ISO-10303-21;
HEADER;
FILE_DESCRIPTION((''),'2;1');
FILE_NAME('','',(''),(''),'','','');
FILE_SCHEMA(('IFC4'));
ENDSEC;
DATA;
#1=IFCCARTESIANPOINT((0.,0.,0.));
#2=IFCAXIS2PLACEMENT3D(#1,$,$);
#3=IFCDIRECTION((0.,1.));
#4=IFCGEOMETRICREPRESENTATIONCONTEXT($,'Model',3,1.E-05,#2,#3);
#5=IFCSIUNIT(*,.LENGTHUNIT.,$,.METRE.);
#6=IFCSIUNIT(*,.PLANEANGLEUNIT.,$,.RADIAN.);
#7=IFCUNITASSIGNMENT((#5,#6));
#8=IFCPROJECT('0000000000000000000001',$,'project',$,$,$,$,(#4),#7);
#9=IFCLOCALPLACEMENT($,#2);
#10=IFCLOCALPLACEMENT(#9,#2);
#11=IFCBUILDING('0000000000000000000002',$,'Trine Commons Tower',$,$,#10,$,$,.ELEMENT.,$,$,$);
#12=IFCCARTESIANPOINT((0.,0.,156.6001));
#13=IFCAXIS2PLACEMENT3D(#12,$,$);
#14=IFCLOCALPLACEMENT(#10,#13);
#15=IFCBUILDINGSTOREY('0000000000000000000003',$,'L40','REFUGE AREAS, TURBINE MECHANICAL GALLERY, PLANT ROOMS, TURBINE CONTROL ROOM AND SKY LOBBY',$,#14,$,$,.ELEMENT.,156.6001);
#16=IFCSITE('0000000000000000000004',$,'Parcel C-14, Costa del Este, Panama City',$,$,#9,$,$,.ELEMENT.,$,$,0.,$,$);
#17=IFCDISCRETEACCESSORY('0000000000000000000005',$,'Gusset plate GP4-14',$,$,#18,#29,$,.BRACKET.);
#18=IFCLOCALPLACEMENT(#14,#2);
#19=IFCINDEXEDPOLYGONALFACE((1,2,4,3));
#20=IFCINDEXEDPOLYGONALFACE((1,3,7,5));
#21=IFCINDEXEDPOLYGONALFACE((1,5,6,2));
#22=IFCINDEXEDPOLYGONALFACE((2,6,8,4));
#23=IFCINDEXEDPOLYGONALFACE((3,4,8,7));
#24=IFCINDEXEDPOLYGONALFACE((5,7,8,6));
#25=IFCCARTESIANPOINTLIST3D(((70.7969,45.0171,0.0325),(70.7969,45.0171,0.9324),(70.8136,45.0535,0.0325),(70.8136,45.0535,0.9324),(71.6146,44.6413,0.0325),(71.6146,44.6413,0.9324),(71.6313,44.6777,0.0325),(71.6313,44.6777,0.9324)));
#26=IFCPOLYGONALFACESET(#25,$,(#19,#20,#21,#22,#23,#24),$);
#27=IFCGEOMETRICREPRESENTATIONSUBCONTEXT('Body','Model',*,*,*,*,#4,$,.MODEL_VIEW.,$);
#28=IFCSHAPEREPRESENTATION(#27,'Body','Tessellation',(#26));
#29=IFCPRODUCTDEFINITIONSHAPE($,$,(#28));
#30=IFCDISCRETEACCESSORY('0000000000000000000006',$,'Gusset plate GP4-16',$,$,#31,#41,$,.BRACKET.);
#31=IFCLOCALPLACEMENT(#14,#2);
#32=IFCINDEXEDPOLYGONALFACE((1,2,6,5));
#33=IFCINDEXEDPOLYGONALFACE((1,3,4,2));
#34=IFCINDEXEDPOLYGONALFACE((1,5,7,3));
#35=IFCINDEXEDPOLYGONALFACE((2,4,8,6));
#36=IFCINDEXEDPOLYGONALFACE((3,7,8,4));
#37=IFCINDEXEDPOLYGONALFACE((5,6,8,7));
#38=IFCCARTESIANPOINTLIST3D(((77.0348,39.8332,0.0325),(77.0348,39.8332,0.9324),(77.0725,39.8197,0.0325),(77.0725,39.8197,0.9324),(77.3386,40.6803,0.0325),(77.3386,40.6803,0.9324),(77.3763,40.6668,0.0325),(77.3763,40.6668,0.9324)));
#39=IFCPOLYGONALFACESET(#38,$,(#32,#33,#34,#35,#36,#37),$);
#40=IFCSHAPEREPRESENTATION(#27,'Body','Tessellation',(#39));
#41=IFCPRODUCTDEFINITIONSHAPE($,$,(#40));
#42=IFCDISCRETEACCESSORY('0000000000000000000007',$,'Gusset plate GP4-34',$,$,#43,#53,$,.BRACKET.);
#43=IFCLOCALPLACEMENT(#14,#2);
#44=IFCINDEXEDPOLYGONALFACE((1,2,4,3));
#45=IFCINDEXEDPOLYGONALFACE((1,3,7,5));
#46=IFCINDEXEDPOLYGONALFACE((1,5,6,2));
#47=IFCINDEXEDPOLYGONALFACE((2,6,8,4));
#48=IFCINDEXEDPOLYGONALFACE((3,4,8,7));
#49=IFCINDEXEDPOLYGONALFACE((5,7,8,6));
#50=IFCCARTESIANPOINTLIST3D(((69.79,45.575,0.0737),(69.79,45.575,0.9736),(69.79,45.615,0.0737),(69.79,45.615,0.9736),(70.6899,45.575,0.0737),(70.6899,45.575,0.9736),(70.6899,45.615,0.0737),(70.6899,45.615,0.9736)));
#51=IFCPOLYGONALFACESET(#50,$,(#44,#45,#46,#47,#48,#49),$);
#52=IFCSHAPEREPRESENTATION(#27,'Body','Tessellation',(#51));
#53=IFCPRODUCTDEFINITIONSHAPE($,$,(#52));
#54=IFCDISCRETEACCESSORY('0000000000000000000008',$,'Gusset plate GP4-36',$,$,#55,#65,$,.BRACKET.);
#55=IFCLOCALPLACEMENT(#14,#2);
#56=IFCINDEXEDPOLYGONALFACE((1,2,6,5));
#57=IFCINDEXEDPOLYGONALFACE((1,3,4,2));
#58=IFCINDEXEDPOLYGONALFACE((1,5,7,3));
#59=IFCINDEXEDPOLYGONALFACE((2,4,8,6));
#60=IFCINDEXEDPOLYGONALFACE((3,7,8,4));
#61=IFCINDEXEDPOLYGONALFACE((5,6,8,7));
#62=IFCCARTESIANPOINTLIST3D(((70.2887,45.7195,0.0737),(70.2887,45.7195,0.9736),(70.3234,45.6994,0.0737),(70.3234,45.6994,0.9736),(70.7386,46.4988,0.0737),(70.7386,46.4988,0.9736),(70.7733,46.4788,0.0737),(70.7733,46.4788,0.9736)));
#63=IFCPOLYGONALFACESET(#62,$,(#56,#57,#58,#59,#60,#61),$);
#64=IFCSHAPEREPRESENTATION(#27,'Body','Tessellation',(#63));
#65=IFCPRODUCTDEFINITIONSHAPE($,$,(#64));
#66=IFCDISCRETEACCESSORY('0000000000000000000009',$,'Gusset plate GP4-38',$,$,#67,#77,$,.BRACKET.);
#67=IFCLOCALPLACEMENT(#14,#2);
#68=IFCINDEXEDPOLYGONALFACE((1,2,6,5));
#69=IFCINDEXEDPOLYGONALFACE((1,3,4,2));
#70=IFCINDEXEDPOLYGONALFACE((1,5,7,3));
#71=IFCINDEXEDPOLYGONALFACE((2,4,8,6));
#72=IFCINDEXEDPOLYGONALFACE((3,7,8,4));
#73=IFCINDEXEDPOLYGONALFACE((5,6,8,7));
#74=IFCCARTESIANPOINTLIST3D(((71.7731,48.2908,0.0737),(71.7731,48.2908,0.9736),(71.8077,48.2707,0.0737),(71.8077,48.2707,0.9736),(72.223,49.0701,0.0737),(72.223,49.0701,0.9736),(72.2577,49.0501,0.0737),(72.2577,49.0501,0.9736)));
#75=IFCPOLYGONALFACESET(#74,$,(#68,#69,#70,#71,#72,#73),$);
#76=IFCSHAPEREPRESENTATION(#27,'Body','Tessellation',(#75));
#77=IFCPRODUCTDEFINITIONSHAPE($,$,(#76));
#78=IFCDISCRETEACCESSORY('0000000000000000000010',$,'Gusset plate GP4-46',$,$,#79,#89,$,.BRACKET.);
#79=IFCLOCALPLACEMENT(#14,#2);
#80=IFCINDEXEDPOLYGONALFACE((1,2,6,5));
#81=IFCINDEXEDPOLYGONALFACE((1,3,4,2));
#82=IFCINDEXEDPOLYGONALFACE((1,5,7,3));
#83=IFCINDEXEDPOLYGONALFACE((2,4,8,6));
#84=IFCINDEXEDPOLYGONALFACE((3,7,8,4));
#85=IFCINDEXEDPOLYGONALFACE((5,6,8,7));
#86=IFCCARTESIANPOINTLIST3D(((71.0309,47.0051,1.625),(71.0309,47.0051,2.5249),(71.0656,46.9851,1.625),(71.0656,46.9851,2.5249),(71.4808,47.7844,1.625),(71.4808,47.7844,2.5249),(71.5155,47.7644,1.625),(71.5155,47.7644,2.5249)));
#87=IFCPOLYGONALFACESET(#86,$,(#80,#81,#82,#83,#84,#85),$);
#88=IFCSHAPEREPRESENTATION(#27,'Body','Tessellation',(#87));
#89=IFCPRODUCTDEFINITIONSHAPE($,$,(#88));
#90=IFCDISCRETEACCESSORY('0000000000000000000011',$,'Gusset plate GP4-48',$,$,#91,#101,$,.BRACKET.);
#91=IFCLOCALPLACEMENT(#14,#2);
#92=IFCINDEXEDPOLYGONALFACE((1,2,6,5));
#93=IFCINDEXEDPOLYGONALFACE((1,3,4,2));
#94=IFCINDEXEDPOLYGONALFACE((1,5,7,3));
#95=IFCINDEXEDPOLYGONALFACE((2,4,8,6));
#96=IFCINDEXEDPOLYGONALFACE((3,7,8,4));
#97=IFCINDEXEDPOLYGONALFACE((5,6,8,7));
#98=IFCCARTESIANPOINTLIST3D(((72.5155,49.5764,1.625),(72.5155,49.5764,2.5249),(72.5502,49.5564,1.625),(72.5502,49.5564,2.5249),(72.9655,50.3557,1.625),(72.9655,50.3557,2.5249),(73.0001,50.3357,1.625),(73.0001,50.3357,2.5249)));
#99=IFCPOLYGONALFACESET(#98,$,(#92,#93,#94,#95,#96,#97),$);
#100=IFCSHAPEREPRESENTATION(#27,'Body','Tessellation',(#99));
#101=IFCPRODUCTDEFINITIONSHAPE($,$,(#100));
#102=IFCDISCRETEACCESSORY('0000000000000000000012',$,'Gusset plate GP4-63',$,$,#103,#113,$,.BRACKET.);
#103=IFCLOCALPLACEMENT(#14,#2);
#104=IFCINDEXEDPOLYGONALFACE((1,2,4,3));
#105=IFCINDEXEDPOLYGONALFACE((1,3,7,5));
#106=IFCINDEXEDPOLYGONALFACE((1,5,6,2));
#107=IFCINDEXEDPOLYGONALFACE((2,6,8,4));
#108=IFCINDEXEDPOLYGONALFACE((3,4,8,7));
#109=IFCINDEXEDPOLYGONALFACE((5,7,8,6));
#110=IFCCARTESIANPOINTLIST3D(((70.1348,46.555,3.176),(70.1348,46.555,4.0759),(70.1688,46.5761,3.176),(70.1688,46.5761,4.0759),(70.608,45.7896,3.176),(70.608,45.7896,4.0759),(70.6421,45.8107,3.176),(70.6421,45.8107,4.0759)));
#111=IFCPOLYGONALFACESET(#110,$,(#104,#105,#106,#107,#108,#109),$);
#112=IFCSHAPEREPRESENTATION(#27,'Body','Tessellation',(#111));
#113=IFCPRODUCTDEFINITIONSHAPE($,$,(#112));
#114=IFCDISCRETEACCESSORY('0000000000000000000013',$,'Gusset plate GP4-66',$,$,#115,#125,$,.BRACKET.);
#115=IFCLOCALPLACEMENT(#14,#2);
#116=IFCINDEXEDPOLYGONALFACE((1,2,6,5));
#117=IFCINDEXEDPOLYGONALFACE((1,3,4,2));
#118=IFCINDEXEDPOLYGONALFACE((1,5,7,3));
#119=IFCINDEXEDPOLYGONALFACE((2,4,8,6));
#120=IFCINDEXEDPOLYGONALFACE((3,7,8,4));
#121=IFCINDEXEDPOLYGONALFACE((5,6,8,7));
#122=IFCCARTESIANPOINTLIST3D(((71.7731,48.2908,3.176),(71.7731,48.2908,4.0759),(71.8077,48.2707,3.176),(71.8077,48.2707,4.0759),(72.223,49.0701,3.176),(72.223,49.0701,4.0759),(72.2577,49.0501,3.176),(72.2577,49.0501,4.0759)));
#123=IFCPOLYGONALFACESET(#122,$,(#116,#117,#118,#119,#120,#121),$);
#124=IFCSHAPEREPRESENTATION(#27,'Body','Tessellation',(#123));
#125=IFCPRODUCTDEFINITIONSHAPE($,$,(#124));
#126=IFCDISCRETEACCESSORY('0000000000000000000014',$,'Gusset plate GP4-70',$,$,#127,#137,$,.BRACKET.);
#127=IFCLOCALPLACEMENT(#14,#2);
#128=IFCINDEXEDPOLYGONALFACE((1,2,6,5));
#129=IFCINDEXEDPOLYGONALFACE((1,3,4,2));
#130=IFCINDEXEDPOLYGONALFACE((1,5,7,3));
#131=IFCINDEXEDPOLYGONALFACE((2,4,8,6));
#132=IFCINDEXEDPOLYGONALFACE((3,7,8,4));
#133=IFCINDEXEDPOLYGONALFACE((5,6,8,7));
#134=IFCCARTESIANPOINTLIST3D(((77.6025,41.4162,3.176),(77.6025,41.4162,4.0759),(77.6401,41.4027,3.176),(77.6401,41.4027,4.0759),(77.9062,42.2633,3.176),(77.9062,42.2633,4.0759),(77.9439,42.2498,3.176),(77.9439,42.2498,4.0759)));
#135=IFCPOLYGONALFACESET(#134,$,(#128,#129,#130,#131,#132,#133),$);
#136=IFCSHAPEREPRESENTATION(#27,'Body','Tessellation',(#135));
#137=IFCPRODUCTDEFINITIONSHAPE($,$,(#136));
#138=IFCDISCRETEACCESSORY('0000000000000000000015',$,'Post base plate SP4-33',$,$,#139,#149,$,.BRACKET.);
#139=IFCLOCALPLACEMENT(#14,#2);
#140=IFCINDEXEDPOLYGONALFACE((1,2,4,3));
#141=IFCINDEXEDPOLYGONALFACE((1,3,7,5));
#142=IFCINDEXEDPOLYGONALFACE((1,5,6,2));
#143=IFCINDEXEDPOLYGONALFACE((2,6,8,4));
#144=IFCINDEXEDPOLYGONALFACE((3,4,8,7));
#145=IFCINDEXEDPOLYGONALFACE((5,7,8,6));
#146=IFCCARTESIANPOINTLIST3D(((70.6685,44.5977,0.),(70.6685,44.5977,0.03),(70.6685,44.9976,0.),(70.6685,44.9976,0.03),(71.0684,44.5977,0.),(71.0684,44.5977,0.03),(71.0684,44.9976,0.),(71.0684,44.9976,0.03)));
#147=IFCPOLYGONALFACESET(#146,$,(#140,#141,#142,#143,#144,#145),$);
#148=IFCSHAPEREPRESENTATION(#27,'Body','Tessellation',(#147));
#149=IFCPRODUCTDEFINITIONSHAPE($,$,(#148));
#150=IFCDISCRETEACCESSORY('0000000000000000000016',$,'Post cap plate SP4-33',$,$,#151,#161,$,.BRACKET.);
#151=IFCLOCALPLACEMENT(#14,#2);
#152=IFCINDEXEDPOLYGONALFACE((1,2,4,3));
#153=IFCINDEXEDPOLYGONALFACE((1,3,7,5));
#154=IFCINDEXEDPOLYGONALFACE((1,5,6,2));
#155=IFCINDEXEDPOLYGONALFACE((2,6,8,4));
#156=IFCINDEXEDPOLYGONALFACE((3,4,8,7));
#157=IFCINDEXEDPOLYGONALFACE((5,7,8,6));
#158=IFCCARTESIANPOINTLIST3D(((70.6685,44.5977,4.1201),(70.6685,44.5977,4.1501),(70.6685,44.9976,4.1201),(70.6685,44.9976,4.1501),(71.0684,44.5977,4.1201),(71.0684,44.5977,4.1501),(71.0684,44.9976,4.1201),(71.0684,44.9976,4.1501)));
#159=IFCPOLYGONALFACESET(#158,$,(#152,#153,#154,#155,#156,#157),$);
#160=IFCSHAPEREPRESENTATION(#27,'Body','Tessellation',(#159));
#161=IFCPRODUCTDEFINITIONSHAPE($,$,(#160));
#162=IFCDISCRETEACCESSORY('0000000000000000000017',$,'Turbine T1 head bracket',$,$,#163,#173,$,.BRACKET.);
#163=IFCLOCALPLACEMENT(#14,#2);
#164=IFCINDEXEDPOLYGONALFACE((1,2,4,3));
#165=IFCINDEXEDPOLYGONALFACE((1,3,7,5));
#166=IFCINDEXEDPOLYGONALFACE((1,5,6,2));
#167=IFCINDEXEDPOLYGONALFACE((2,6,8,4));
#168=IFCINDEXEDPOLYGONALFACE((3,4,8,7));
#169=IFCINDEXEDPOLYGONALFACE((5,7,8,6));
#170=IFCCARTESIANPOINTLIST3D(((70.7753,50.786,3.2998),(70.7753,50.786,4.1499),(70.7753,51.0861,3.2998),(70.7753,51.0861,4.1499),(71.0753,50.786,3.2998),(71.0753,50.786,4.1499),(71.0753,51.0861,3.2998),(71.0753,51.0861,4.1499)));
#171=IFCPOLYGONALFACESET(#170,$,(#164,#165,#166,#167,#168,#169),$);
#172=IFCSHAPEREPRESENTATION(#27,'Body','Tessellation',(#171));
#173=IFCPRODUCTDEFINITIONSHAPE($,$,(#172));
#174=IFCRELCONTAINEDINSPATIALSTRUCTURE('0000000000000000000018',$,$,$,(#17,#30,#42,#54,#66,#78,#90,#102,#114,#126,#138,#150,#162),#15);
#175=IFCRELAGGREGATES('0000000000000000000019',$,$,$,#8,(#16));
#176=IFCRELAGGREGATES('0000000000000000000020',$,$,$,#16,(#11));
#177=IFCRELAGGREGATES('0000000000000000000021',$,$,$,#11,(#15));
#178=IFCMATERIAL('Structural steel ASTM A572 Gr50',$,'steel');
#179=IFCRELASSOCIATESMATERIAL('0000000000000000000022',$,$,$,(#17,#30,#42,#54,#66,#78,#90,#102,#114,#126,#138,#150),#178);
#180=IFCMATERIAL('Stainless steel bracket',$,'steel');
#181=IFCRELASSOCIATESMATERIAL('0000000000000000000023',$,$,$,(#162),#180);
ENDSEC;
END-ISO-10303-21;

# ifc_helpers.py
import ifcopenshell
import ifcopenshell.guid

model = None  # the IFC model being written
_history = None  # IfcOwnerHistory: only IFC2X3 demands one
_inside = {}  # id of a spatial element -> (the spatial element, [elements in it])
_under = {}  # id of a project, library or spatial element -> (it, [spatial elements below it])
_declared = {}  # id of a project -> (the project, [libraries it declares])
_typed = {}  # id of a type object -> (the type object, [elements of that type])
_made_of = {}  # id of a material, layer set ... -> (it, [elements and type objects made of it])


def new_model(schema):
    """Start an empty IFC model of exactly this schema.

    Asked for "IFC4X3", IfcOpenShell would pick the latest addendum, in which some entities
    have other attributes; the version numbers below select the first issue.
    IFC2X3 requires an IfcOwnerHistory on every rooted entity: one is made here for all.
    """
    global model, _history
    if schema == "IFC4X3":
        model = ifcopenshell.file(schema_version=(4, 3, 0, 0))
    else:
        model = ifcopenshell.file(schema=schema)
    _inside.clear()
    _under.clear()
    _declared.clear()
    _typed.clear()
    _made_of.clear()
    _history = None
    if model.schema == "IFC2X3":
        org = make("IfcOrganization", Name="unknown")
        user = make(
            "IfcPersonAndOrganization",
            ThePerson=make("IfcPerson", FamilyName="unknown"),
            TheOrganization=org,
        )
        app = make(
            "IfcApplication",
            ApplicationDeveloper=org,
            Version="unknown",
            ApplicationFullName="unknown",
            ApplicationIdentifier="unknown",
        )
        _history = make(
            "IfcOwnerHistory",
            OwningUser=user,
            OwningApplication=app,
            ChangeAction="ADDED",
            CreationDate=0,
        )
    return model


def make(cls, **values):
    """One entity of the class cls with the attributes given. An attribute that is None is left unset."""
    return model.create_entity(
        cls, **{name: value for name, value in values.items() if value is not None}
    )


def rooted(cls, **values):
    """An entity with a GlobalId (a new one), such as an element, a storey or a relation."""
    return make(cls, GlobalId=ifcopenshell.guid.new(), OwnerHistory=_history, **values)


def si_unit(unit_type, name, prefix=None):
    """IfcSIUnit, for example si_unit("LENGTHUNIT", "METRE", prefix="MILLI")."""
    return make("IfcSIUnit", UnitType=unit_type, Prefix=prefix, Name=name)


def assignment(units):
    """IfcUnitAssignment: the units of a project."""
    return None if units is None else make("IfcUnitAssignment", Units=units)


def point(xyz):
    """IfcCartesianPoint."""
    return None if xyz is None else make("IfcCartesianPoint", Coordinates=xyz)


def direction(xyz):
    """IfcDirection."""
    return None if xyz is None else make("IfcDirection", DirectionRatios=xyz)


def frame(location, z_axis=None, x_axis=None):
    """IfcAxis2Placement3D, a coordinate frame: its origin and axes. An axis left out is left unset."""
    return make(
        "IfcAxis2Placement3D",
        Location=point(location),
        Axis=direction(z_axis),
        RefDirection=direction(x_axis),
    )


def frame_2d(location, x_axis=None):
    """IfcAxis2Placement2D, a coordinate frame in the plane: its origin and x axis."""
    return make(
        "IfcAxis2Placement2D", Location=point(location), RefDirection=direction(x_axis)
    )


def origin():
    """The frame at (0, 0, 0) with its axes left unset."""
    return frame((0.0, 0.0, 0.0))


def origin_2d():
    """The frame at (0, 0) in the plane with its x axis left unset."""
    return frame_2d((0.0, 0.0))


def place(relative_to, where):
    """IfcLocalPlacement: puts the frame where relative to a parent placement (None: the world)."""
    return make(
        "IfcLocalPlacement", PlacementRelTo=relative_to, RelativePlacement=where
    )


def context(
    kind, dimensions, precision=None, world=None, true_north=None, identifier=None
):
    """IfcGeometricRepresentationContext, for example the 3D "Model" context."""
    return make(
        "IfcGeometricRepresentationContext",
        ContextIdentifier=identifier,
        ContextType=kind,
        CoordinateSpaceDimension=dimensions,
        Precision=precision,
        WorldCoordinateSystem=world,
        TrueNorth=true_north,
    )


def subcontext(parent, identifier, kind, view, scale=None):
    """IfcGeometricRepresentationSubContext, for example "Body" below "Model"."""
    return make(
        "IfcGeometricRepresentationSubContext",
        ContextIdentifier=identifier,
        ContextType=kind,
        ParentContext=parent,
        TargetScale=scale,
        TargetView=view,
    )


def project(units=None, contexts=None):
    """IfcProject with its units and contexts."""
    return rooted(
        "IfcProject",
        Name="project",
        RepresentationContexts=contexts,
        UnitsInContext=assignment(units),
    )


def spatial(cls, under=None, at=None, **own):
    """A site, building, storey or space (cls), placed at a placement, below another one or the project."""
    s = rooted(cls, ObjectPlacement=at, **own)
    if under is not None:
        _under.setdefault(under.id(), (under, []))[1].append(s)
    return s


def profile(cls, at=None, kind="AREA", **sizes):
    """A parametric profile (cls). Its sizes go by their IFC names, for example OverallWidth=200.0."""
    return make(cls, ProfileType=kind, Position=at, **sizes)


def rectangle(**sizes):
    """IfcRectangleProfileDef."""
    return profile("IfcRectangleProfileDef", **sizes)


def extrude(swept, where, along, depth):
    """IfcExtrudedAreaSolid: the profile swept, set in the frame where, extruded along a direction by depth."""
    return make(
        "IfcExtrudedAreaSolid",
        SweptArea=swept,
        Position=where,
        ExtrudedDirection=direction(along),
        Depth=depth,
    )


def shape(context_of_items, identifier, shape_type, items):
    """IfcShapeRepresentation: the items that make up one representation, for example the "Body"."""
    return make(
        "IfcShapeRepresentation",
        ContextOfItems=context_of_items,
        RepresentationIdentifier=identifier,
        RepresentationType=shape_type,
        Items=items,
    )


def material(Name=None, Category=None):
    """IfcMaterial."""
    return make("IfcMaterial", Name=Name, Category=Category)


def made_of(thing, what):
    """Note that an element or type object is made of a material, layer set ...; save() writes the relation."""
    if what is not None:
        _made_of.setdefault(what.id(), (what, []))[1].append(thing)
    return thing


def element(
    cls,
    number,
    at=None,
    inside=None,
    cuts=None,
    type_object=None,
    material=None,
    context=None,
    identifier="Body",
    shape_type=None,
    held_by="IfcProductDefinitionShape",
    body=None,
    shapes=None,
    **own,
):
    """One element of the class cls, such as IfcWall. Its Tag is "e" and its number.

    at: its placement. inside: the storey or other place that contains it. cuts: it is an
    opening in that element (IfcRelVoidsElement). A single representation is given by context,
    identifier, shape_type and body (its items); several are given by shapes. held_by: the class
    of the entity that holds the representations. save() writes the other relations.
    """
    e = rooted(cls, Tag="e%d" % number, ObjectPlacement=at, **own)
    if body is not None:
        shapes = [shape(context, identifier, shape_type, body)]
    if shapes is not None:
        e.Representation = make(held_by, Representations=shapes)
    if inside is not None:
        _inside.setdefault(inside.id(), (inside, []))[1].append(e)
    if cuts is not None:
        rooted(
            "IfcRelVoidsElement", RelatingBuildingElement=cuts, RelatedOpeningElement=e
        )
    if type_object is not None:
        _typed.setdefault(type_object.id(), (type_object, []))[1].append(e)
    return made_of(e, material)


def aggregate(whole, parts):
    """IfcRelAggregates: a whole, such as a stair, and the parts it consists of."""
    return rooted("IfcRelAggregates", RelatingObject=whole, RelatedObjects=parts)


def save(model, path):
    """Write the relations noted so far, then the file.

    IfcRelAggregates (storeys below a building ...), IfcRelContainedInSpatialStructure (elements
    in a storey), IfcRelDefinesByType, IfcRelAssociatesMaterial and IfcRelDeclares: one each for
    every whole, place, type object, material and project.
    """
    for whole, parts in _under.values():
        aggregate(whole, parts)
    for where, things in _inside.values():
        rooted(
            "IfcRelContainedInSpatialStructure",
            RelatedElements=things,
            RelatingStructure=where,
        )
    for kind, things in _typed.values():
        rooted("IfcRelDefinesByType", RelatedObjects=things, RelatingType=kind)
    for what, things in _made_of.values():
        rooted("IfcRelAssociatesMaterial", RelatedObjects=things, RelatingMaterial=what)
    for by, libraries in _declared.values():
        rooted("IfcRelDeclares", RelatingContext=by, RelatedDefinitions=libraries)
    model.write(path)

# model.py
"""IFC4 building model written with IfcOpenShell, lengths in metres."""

from ifc_helpers import new_model, si_unit, direction, frame, origin, origin_2d, place, context, subcontext, project, spatial, rectangle, extrude, material, element, save


model = new_model("IFC4")

# Units and contexts
model_context = context("Model", 3, precision=1e-05, world=origin(), true_north=direction((0.0, 1.0)))
body_context = subcontext(model_context, "Body", "Model", "MODEL_VIEW")
ifc_project = project(units=[si_unit("LENGTHUNIT", "METRE"), si_unit("PLANEANGLEUNIT", "RADIAN")], contexts=[model_context])

# Site, building, storey
site_placement = place(None, origin())
site = spatial("IfcSite", under=ifc_project, at=site_placement, Name="Parcel C-14, Costa del Este, Panama City", CompositionType="ELEMENT", RefElevation=0.0)
building_placement = place(site_placement, origin())
building = spatial("IfcBuilding", under=site, at=building_placement, Name="Trine Commons Tower", CompositionType="ELEMENT")
storey_placement = place(building_placement, frame((0.0, 0.0, 156.6001)))
storey = spatial("IfcBuildingStorey", under=building, at=storey_placement, Name="L40", Description="REFUGE AREAS, TURBINE MECHANICAL GALLERY, PLANT ROOMS, TURBINE CONTROL ROOM AND SKY LOBBY", CompositionType="ELEMENT", Elevation=156.6001)

# Discrete accessories
ifc_material_1 = material(Name="Structural steel ASTM A572 Gr50", Category="steel")
for number, where, z_axis, x_axis, name in (
    (1, (71.2141, 44.8474, 0.0325), (0.0, 0.0, 1.0), (0.908632, -0.417597, 0.0), "Gusset plate GP4-14"),
    (2, (77.2056, 40.25, 0.0325), (0.0, 0.0, 1.0), (0.337588, 0.941294, 0.0), "Gusset plate GP4-16"),
    (3, (70.24, 45.595, 0.0737), (0.0, 0.0, 1.0), (1.0, 0.0, 0.0), "Gusset plate GP4-34"),
    (4, (70.531, 46.0991, 0.0737), (0.0, 0.0, 1.0), (-0.5, -0.866025, 0.0), "Gusset plate GP4-36"),
    (5, (72.0154, 48.6704, 0.0737), (0.0, 0.0, 1.0), (-0.5, -0.866025, 0.0), "Gusset plate GP4-38"),
    (6, (71.2732, 47.3848, 1.625), (0.0, 0.0, 1.0), (-0.499985, -0.866034, 0.0), "Gusset plate GP4-46"),
    (7, (72.7578, 49.9561, 1.625), (0.0, 0.0, 1.0), (-0.5, -0.866025, 0.0), "Gusset plate GP4-48"),
    (8, (70.3884, 46.1829, 3.176), (0.0, 0.0, 1.0), (-0.525873, 0.850563, 0.0), "Gusset plate GP4-63"),
    (9, (72.0154, 48.6704, 3.176), (0.0, 0.0, 1.0), (-0.5, -0.866025, 0.0), "Gusset plate GP4-66"),
    (10, (77.7732, 41.833, 3.176), (0.0, 0.0, 1.0), (0.337588, 0.941294, 0.0), "Gusset plate GP4-70"),
):
    element("IfcDiscreteAccessory", number, at=place(storey_placement, frame(where, z_axis=z_axis, x_axis=x_axis)), inside=storey, material=ifc_material_1, Name=name, PredefinedType="BRACKET", context=body_context, shape_type="SweptSolid", body=[
        extrude(rectangle(XDim=0.8999, YDim=0.04, at=origin_2d()), origin(), (0.0, 0.0, 1.0), 0.8999),
    ])
for number, where, z_axis, x_axis, name in (
    (11, (70.8684, 44.7976, 0.0), (0.0, 0.0, 1.0), (1.0, 0.0, 0.0), "Post base plate SP4-33"),
    (12, (70.8684, 44.7976, 4.1201), (0.0, 0.0, 1.0), (1.0, 0.0, 0.0), "Post cap plate SP4-33"),
):
    element("IfcDiscreteAccessory", number, at=place(storey_placement, frame(where, z_axis=z_axis, x_axis=x_axis)), inside=storey, material=ifc_material_1, Name=name, PredefinedType="BRACKET", context=body_context, shape_type="SweptSolid", body=[
        extrude(rectangle(XDim=0.3999, YDim=0.3999, at=origin_2d()), origin(), (0.0, 0.0, 1.0), 0.03),
    ])
ifc_material_2 = material(Name="Stainless steel bracket", Category="steel")
discrete_accessory_placement = place(storey_placement, frame((70.9253, 50.936, 3.2998), z_axis=(0.0, 0.0, 1.0), x_axis=(1.0, 0.0, 0.0)))
element("IfcDiscreteAccessory", 13, at=discrete_accessory_placement, inside=storey, material=ifc_material_2, Name="Turbine T1 head bracket", PredefinedType="BRACKET", context=body_context, shape_type="SweptSolid", body=[
    extrude(rectangle(XDim=0.3, YDim=0.3, at=origin_2d()), origin(), (0.0, 0.0, 1.0), 0.8501),
])

save(model, "model.ifc")
